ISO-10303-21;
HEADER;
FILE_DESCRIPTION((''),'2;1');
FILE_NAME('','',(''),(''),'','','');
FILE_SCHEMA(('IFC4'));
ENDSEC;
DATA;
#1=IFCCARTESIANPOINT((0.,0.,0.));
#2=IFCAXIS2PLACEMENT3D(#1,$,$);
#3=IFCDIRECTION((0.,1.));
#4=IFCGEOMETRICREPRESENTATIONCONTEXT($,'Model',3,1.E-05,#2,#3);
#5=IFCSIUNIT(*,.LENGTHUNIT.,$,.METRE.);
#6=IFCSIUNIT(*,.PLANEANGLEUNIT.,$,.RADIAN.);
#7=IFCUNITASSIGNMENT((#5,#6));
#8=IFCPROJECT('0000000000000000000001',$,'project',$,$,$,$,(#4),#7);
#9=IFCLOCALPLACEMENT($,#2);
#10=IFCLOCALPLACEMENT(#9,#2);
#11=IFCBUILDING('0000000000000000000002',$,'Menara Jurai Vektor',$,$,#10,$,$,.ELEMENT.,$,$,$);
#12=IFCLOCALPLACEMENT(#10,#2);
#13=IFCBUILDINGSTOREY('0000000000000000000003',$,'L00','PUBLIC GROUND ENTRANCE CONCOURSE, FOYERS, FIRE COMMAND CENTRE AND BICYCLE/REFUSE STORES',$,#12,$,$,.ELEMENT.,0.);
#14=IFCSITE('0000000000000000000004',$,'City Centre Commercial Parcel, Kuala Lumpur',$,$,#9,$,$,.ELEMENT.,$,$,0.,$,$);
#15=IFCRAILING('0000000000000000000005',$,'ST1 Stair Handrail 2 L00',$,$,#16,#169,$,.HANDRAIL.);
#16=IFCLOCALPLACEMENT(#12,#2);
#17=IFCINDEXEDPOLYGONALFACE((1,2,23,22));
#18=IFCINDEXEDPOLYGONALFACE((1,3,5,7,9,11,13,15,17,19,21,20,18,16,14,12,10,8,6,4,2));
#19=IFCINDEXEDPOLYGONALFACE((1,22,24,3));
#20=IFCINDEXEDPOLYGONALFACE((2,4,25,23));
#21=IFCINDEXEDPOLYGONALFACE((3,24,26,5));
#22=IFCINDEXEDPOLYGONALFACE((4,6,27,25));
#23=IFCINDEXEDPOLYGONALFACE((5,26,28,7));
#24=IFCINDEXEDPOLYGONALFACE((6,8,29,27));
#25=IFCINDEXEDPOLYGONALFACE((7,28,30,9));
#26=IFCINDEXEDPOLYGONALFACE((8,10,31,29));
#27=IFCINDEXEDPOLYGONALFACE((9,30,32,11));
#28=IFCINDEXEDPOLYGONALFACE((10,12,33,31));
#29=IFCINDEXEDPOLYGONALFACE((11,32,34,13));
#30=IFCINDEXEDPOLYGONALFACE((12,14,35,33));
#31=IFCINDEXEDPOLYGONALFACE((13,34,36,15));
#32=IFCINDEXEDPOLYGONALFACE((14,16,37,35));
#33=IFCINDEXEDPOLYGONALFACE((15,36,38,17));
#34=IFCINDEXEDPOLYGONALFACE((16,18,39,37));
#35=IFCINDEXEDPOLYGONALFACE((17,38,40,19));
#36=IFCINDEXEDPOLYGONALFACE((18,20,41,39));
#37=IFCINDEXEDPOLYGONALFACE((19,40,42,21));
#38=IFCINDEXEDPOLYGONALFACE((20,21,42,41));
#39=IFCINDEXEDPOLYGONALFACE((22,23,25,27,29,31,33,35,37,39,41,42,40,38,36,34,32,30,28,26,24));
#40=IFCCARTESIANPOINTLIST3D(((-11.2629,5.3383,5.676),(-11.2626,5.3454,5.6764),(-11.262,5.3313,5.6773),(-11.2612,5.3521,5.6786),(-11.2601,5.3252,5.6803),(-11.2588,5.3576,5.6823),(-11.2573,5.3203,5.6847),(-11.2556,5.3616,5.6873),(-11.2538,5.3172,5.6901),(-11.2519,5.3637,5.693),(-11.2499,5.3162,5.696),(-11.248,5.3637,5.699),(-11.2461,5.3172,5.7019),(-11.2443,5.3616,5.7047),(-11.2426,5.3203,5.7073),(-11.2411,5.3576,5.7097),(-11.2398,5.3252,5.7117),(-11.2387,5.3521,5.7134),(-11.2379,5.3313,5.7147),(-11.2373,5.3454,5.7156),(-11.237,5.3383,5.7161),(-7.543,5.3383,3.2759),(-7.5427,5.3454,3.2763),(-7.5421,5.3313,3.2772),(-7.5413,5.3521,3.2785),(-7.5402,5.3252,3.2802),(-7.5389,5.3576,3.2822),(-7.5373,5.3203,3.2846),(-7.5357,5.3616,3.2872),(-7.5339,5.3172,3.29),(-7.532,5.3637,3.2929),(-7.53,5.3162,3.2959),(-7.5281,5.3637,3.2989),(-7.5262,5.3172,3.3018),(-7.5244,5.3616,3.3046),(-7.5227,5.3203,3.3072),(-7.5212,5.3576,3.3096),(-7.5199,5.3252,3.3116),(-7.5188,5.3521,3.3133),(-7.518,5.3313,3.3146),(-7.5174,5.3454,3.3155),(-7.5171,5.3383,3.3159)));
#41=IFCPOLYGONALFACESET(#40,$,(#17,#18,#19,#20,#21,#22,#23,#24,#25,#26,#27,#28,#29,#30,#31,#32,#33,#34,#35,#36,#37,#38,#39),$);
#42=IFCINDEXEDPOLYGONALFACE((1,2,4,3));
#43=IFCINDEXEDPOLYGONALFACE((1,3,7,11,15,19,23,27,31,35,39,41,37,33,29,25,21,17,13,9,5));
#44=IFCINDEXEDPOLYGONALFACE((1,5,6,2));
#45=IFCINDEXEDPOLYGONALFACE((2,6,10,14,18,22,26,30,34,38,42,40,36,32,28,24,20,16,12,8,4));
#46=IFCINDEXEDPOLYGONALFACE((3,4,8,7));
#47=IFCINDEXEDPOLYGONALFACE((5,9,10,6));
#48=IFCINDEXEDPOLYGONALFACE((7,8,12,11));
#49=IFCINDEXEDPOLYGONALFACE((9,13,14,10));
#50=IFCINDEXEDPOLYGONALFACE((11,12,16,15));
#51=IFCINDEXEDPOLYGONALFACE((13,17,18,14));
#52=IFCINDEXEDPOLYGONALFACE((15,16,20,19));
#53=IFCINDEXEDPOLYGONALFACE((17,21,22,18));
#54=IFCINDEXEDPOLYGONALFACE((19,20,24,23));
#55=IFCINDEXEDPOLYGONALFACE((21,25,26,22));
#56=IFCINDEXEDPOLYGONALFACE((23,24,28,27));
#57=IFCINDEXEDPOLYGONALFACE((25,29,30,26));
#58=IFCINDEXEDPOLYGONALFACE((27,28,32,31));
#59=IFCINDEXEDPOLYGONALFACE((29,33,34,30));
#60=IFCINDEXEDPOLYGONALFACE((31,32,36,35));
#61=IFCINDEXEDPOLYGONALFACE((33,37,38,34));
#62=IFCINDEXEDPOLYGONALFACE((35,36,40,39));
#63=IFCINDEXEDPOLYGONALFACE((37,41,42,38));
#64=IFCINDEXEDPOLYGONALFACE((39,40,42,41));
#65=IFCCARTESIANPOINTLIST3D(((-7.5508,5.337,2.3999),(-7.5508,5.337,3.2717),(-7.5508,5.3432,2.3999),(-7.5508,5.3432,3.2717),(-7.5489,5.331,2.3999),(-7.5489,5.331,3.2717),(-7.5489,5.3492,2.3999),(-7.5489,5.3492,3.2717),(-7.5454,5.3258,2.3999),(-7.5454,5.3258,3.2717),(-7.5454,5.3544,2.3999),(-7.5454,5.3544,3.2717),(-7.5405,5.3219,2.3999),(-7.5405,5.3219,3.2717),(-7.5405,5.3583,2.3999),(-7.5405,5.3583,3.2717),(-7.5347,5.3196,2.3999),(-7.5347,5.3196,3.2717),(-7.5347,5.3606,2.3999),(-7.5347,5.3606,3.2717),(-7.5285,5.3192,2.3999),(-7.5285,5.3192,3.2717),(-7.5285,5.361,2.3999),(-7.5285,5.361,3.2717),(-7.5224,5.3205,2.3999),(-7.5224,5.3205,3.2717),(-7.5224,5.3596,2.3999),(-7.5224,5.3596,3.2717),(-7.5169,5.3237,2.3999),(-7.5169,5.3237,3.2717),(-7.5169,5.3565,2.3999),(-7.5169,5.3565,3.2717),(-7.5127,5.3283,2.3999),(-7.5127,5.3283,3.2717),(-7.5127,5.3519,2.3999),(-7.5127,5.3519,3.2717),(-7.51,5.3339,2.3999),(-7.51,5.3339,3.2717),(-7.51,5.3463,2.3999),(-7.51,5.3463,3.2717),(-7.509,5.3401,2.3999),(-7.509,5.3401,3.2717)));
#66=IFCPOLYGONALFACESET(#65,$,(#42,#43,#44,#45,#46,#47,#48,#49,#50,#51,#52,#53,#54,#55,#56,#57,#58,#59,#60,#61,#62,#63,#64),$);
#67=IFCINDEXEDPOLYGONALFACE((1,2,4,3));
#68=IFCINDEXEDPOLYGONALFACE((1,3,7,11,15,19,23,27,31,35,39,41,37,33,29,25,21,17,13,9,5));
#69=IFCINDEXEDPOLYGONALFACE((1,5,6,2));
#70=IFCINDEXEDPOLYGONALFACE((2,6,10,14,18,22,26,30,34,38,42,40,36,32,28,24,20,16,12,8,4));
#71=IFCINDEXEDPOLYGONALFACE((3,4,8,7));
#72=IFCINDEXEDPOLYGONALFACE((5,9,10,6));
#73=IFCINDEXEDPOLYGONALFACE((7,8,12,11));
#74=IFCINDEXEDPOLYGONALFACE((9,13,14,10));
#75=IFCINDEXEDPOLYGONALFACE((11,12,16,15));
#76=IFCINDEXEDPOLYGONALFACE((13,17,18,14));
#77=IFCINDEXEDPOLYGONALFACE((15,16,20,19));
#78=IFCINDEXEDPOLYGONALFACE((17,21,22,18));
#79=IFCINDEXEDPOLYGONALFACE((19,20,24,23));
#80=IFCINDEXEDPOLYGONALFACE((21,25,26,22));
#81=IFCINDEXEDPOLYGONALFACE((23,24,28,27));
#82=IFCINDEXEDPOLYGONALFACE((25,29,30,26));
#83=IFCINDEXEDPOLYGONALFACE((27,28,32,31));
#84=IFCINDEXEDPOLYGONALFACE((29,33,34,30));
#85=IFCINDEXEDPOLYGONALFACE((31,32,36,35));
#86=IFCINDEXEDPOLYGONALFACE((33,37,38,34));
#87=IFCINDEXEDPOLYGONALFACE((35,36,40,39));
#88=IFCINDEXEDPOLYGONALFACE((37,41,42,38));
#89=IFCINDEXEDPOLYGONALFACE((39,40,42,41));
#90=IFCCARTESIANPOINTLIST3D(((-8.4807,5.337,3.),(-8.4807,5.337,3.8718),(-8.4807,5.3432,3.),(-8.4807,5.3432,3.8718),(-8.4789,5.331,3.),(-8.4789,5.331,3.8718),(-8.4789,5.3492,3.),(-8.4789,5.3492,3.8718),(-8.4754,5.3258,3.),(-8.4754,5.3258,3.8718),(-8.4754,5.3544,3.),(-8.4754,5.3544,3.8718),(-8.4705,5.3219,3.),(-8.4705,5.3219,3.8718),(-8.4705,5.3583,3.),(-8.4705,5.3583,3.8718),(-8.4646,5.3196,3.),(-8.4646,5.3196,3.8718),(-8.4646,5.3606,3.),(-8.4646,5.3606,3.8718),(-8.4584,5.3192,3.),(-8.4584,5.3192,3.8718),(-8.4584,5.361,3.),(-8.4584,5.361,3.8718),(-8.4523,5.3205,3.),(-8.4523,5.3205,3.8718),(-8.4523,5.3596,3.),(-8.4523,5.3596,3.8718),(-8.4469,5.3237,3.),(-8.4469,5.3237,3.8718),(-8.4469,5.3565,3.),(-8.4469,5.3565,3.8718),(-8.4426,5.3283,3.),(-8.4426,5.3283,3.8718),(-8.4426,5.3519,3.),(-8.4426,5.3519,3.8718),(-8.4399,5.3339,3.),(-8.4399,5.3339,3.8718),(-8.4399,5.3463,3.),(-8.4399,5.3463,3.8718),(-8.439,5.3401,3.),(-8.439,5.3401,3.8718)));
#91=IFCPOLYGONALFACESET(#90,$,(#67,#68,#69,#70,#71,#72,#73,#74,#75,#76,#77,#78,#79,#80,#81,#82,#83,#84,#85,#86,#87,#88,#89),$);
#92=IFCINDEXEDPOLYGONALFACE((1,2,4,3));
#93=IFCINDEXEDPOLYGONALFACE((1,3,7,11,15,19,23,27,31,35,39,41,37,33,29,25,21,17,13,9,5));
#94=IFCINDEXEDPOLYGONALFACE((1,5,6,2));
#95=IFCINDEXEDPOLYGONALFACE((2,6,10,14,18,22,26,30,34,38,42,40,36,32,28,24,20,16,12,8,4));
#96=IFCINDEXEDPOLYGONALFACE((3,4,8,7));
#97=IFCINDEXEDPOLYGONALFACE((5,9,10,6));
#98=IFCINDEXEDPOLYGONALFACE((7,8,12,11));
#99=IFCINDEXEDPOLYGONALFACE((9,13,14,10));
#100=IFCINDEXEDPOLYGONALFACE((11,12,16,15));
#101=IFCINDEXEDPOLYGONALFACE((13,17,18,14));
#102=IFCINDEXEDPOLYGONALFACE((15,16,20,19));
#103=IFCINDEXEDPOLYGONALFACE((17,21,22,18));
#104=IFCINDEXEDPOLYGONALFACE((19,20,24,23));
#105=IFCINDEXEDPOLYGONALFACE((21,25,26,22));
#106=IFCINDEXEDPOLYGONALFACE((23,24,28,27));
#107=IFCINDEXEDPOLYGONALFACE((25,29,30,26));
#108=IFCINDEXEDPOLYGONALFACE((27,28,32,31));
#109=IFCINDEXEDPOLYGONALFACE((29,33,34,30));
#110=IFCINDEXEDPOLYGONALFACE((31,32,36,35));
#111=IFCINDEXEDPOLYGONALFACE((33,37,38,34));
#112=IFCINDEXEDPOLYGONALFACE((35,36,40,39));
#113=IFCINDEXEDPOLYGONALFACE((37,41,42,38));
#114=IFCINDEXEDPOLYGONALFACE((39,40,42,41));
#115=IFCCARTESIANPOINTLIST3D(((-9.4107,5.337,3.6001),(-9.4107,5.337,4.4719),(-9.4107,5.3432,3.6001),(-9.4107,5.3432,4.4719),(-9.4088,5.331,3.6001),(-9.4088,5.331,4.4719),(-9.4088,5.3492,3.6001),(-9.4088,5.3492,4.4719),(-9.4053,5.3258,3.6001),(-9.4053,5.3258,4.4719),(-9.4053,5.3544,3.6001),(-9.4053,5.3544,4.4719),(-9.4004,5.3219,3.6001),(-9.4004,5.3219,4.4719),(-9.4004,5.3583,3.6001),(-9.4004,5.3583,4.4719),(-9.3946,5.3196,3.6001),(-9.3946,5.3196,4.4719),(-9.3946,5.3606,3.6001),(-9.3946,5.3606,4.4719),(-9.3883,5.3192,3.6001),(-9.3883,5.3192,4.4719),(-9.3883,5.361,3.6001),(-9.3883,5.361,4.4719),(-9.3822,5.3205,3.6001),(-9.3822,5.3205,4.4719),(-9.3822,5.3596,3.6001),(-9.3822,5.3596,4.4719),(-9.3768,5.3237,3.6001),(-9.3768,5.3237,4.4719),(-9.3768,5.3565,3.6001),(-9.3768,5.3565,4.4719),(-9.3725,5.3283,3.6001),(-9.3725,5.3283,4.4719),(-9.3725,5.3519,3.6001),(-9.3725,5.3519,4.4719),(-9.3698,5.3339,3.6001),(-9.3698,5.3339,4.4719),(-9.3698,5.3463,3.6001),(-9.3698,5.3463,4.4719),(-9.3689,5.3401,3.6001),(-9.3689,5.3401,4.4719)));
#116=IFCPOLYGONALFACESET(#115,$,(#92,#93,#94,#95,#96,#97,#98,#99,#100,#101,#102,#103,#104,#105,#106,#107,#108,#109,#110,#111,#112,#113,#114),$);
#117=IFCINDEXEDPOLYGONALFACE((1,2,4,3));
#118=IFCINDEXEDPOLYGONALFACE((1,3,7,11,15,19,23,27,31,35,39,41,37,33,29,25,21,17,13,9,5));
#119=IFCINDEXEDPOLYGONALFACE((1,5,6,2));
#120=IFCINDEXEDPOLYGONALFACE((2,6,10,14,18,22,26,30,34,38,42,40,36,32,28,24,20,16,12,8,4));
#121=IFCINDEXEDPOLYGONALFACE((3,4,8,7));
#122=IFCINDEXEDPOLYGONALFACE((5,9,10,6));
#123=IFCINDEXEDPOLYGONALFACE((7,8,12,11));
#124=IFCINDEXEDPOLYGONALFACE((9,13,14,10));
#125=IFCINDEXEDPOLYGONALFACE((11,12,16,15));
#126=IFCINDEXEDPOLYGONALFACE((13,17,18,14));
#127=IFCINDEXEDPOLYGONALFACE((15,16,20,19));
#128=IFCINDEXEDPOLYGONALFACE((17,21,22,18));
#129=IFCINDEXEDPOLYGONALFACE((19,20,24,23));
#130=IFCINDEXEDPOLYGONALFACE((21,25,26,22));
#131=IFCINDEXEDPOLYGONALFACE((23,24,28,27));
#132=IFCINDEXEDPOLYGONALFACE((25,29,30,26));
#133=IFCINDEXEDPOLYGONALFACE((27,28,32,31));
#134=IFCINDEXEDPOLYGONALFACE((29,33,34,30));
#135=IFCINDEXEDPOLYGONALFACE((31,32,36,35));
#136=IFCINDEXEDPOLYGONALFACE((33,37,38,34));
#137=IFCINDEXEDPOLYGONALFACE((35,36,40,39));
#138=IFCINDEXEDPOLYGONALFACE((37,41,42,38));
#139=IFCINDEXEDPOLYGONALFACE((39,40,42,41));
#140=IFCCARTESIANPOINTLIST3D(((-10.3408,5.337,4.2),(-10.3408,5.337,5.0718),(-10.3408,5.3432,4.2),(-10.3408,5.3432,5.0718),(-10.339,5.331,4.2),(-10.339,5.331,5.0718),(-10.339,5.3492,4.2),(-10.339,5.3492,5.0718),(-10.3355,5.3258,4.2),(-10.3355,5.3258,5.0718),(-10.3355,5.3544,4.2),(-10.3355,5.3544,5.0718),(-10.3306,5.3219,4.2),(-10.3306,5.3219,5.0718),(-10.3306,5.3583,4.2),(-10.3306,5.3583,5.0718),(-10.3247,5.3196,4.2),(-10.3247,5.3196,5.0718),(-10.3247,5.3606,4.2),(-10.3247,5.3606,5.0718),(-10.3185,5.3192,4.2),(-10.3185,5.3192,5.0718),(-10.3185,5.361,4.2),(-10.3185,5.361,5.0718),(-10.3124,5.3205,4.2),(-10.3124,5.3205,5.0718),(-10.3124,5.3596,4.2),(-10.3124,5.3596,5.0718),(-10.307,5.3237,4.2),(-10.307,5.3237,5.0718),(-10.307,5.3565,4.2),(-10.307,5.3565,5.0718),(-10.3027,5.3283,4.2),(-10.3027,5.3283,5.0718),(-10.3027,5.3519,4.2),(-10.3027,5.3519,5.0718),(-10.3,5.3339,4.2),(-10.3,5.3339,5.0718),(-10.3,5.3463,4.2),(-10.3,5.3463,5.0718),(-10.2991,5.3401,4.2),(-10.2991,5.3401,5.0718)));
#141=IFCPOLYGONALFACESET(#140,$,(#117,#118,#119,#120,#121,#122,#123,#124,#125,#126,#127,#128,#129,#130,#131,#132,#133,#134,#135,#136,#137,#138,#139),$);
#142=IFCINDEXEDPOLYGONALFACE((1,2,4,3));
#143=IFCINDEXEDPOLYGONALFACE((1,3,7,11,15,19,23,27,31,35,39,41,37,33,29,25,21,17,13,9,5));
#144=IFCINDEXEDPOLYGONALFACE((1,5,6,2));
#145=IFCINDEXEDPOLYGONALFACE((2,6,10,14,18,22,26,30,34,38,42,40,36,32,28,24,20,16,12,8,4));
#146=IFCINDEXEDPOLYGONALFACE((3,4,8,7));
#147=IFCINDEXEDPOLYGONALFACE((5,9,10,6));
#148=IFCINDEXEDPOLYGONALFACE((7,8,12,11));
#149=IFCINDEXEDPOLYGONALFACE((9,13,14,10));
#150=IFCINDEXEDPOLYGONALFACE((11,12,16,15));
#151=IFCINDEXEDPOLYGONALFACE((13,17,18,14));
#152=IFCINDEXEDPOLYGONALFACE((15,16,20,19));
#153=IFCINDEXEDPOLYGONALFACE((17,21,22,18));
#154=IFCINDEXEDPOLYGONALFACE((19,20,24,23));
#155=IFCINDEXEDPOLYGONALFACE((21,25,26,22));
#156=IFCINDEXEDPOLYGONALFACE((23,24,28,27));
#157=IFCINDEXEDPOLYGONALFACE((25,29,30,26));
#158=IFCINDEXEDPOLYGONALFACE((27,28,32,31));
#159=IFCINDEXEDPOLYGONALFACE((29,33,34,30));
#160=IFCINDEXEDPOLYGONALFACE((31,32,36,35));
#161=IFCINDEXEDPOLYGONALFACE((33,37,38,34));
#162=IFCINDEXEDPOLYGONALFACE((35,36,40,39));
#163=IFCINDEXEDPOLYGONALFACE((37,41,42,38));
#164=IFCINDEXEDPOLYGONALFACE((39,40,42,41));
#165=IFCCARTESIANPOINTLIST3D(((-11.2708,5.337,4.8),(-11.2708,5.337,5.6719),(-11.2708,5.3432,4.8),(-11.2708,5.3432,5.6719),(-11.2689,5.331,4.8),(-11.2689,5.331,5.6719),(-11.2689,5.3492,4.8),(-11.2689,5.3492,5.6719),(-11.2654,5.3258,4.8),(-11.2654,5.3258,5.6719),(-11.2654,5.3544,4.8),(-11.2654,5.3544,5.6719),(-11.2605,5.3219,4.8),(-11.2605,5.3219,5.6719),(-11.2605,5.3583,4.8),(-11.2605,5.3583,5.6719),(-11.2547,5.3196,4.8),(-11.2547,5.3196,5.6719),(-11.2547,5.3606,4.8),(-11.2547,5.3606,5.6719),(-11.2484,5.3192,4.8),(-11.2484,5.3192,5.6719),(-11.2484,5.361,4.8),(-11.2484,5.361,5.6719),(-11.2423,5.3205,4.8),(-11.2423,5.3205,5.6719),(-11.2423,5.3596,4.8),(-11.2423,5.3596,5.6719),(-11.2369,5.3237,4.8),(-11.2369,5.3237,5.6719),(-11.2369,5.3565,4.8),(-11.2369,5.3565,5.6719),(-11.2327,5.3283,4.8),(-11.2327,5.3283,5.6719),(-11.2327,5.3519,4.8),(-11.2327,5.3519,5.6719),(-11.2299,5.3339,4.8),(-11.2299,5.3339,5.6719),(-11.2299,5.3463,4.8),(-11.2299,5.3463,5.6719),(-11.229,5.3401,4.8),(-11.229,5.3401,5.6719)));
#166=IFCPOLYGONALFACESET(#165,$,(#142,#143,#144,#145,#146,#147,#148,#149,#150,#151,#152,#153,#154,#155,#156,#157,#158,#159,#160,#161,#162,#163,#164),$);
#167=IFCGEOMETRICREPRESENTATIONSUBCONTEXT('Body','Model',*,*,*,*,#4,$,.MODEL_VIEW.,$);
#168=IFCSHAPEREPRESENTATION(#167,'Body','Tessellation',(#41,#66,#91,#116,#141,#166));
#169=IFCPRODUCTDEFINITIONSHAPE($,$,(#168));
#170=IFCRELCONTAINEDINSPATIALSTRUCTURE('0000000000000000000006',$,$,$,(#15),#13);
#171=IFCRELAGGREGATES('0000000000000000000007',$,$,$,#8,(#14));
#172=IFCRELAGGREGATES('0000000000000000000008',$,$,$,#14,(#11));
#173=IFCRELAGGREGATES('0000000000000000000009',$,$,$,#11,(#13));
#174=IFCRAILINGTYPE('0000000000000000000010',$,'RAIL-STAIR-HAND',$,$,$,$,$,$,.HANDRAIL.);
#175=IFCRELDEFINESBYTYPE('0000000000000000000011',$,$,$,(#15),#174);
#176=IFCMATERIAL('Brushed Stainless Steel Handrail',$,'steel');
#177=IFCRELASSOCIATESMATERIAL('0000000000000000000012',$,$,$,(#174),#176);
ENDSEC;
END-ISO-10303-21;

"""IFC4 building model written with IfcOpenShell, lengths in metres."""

from ifc_helpers import new_model, si_unit, direction, frame, origin, origin_2d, place, context, subcontext, project, spatial, circle, extrude, material, type_object, element, save


model = new_model("IFC4")

# Units and contexts
model_context = context("Model", 3, precision=1e-05, world=origin(), true_north=direction((0.0, 1.0)))
body_context = subcontext(model_context, "Body", "Model", "MODEL_VIEW")
ifc_project = project(units=[si_unit("LENGTHUNIT", "METRE"), si_unit("PLANEANGLEUNIT", "RADIAN")], contexts=[model_context])

# Site, building, storey
site_placement = place(None, origin())
site = spatial("IfcSite", under=ifc_project, at=site_placement, Name="City Centre Commercial Parcel, Kuala Lumpur", CompositionType="ELEMENT", RefElevation=0.0)
building_placement = place(site_placement, origin())
building = spatial("IfcBuilding", under=site, at=building_placement, Name="Menara Jurai Vektor", CompositionType="ELEMENT")
storey_placement = place(building_placement, origin())
storey = spatial("IfcBuildingStorey", under=building, at=storey_placement, Name="L00", Description="PUBLIC GROUND ENTRANCE CONCOURSE, FOYERS, FIRE COMMAND CENTRE AND BICYCLE/REFUSE STORES", CompositionType="ELEMENT", Elevation=0.0)

# Railing
ifc_material_1 = material(Name="Brushed Stainless Steel Handrail", Category="steel")
railing_type_1 = type_object("IfcRailingType", Name="RAIL-STAIR-HAND", PredefinedType="HANDRAIL", material=ifc_material_1)
railing_1_placement = place(storey_placement, frame((-7.53, 5.3401, 2.3999)))
element("IfcRailing", 1, at=railing_1_placement, inside=storey, type_object=railing_type_1, Name="ST1 Stair Handrail 2 L00", PredefinedType="HANDRAIL", context=body_context, shape_type="SweptSolid", body=[
    extrude(circle(Radius=0.0239, at=origin_2d()), frame((0.0, 0.0, 0.896), z_axis=(-0.84028, 0.0, 0.542153), x_axis=(0.0, -1.0, 0.0)), (0.0, 0.0, 1.0), 4.427),
    extrude(circle(Radius=0.021, at=origin_2d()), origin(), (0.0, 0.0, 1.0), 0.8718),
    extrude(circle(Radius=0.021, at=origin_2d()), frame((-0.9299, 0.0, 0.6001)), (0.0, 0.0, 1.0), 0.8718),
    extrude(circle(Radius=0.021, at=origin_2d()), frame((-1.8599, 0.0, 1.2002)), (0.0, 0.0, 1.0), 0.8718),
    extrude(circle(Radius=0.021, at=origin_2d()), frame((-2.79, 0.0, 1.8)), (0.0, 0.0, 1.0), 0.8718),
    extrude(circle(Radius=0.021, at=origin_2d()), frame((-3.72, 0.0, 2.4001)), (0.0, 0.0, 1.0), 0.8718),
])

save(model, "model.ifc")
